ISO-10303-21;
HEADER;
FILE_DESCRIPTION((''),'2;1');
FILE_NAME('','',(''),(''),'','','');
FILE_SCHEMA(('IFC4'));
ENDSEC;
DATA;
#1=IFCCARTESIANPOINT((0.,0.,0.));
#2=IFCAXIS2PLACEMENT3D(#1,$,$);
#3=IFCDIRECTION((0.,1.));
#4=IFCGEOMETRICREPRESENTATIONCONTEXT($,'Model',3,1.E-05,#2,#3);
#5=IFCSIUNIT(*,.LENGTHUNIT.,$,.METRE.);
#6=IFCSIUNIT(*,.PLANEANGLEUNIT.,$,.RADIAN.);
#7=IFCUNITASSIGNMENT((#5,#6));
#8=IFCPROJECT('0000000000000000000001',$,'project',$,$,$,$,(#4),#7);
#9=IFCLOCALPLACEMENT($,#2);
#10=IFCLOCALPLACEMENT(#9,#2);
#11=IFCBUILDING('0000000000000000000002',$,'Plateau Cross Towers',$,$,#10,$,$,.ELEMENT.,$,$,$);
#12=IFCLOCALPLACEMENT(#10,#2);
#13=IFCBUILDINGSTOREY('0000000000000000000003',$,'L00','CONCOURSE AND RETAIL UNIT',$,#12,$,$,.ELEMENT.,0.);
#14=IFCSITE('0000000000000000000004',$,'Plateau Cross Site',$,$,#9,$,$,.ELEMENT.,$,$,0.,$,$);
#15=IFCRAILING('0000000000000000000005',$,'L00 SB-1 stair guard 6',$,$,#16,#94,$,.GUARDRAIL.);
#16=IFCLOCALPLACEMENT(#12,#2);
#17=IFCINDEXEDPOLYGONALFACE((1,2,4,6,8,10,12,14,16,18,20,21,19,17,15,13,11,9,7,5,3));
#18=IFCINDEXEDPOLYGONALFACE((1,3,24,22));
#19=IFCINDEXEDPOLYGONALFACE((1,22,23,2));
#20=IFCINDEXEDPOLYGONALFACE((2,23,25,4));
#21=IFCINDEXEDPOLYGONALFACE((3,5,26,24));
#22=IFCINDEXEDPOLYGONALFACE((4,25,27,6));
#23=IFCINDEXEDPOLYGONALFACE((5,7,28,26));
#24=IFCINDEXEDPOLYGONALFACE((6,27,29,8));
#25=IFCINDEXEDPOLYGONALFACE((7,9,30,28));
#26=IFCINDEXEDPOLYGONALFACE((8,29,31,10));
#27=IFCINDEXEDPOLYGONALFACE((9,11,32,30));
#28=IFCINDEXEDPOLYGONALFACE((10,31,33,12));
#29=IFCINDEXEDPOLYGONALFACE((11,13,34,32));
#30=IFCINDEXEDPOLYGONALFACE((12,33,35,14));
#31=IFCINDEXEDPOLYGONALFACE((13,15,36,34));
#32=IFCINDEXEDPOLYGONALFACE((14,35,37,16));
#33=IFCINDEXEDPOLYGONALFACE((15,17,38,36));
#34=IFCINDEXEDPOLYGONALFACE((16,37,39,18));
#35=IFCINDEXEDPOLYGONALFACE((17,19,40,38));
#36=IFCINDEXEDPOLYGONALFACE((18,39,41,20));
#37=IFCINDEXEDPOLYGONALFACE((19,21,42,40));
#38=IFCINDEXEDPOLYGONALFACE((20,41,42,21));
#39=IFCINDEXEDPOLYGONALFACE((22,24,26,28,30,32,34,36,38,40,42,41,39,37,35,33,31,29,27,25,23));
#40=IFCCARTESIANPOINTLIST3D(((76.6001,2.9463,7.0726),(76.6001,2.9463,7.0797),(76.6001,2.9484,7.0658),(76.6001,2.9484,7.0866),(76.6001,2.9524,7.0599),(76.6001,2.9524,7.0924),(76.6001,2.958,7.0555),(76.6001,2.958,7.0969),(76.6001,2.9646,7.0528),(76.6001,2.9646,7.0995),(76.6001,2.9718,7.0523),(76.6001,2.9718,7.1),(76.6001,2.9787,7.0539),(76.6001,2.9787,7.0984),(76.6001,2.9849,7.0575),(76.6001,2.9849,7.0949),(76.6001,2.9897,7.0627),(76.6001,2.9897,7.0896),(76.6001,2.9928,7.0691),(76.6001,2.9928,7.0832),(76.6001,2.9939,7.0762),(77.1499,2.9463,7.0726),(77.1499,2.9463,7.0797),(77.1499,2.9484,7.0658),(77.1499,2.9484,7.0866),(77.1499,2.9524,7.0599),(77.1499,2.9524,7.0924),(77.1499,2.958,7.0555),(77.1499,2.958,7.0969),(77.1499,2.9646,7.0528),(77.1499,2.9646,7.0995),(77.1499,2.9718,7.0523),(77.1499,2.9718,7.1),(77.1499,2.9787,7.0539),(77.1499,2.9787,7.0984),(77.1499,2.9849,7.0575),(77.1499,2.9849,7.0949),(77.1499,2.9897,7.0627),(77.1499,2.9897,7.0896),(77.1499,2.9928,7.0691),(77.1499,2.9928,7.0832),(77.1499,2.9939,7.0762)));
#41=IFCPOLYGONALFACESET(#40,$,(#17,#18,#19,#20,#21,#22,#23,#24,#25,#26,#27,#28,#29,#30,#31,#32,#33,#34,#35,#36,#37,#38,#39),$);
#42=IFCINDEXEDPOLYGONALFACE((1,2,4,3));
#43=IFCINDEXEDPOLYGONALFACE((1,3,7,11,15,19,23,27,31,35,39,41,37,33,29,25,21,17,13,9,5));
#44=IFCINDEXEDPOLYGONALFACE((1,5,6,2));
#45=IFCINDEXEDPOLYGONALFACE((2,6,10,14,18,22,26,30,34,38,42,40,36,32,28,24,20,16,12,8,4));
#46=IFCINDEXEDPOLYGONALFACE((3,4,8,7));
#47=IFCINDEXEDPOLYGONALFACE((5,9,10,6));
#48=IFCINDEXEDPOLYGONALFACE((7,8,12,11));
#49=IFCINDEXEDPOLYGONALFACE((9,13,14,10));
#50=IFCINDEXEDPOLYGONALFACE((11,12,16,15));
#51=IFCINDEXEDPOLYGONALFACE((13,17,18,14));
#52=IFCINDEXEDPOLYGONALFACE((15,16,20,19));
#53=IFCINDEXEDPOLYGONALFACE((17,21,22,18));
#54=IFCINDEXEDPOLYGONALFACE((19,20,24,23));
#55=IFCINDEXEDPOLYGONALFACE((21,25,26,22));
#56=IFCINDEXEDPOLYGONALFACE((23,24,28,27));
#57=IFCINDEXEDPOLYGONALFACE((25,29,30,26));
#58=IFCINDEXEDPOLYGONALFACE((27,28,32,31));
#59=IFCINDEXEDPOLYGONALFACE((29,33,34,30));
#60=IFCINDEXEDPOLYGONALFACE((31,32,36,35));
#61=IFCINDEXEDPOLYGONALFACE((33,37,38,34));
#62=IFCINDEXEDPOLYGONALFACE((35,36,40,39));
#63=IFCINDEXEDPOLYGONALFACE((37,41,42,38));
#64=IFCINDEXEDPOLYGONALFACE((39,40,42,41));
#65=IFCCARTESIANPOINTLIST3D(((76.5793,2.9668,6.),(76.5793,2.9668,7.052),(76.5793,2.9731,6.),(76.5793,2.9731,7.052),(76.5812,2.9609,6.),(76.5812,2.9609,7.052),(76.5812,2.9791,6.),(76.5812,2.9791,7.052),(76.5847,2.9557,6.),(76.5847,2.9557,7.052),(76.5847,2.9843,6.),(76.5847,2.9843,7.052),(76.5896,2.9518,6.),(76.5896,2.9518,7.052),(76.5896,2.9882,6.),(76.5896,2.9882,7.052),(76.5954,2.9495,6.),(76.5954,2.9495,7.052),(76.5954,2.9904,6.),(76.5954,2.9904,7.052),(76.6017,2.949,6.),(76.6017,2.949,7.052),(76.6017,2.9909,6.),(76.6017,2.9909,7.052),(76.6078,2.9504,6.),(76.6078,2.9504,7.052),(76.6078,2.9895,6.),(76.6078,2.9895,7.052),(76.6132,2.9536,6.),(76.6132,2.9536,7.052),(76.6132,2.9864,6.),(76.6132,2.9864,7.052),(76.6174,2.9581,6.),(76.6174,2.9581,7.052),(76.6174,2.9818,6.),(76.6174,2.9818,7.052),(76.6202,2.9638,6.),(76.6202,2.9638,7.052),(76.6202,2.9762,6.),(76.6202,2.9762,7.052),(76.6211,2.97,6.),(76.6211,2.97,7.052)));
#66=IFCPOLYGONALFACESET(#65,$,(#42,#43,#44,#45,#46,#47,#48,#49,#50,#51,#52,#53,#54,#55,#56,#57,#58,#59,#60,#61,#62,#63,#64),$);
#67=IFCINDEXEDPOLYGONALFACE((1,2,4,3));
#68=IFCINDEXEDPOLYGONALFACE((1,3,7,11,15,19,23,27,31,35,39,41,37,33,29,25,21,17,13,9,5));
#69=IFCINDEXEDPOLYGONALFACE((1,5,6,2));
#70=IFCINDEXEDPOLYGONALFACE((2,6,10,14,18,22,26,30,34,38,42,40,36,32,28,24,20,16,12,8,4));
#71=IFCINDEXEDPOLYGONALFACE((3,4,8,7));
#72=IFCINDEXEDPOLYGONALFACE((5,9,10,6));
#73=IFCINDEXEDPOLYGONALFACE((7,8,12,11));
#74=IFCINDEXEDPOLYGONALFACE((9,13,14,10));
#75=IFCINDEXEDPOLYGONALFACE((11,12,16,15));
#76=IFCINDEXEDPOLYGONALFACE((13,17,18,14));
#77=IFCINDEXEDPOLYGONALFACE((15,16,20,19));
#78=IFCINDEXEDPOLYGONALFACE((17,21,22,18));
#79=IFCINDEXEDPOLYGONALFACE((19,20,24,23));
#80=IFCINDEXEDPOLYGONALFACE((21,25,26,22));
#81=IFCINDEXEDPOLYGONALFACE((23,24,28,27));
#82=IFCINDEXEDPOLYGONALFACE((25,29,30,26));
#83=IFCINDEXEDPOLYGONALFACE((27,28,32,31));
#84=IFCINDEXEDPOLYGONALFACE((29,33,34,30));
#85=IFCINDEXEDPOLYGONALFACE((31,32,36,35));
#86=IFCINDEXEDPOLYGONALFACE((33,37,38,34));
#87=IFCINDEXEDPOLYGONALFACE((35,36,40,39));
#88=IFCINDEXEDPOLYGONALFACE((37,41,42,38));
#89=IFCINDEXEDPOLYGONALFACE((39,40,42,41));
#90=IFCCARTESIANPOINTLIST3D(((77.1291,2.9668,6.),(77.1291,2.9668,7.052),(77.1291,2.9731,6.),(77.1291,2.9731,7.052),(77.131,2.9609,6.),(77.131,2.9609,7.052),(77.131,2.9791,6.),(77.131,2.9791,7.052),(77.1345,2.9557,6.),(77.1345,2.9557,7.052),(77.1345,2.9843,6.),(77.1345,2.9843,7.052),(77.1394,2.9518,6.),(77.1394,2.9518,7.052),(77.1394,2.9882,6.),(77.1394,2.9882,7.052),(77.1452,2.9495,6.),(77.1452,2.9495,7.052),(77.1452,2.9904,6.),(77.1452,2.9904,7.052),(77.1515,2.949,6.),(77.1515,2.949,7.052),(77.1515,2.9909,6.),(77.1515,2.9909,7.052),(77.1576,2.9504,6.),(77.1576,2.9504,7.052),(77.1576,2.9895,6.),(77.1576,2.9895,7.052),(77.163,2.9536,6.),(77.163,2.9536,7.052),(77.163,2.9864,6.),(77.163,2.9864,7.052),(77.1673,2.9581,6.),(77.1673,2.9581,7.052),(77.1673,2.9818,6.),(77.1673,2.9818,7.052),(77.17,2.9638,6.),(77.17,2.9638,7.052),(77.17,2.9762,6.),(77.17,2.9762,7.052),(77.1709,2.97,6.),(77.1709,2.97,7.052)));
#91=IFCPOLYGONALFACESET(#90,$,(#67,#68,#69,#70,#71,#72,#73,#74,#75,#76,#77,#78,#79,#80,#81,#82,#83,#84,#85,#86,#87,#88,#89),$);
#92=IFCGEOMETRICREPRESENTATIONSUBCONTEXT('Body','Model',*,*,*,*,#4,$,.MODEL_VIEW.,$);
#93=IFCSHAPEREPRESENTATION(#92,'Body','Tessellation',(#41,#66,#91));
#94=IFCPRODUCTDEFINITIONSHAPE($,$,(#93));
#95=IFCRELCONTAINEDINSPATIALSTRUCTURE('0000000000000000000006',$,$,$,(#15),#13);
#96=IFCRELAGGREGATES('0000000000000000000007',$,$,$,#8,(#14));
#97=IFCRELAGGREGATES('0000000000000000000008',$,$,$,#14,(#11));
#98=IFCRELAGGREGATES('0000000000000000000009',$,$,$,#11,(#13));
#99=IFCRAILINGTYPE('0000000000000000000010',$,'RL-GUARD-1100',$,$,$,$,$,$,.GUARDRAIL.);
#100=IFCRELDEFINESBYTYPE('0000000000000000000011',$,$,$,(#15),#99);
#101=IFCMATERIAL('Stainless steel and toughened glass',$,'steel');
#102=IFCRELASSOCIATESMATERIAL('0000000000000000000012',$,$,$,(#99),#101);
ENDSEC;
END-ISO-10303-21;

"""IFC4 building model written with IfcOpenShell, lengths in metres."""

from ifc_helpers import new_model, si_unit, direction, frame, origin, origin_2d, place, context, subcontext, project, spatial, circle, extrude, material, type_object, element, save


model = new_model("IFC4")

# Units and contexts
model_context = context("Model", 3, precision=1e-05, world=origin(), true_north=direction((0.0, 1.0)))
body_context = subcontext(model_context, "Body", "Model", "MODEL_VIEW")
ifc_project = project(units=[si_unit("LENGTHUNIT", "METRE"), si_unit("PLANEANGLEUNIT", "RADIAN")], contexts=[model_context])

# Site, building, storey
site_placement = place(None, origin())
site = spatial("IfcSite", under=ifc_project, at=site_placement, Name="Plateau Cross Site", CompositionType="ELEMENT", RefElevation=0.0)
building_placement = place(site_placement, origin())
building = spatial("IfcBuilding", under=site, at=building_placement, Name="Plateau Cross Towers", CompositionType="ELEMENT")
storey_placement = place(building_placement, origin())
storey = spatial("IfcBuildingStorey", under=building, at=storey_placement, Name="L00", Description="CONCOURSE AND RETAIL UNIT", CompositionType="ELEMENT", Elevation=0.0)

# Railing
ifc_material_1 = material(Name="Stainless steel and toughened glass", Category="steel")
railing_type = type_object("IfcRailingType", Name="RL-GUARD-1100", PredefinedType="GUARDRAIL", material=ifc_material_1)
railing_1_placement = place(storey_placement, frame((76.6001, 2.97, 6.0)))
element("IfcRailing", 1, at=railing_1_placement, inside=storey, type_object=railing_type, Name="L00 SB-1 stair guard 6", PredefinedType="GUARDRAIL", context=body_context, shape_type="SweptSolid", body=[
    extrude(circle(Radius=0.0239, at=origin_2d()), frame((0.0, 0.0, 1.0762), z_axis=(1.0, 0.0, 0.0), x_axis=(0.0, 1.0, 0.0)), (0.0, 0.0, 1.0), 0.5498),
    extrude(circle(Radius=0.021, at=origin_2d()), origin(), (0.0, 0.0, 1.0), 1.052),
    extrude(circle(Radius=0.021, at=origin_2d()), frame((0.5498, 0.0, 0.0)), (0.0, 0.0, 1.0), 1.052),
])

save(model, "model.ifc")
